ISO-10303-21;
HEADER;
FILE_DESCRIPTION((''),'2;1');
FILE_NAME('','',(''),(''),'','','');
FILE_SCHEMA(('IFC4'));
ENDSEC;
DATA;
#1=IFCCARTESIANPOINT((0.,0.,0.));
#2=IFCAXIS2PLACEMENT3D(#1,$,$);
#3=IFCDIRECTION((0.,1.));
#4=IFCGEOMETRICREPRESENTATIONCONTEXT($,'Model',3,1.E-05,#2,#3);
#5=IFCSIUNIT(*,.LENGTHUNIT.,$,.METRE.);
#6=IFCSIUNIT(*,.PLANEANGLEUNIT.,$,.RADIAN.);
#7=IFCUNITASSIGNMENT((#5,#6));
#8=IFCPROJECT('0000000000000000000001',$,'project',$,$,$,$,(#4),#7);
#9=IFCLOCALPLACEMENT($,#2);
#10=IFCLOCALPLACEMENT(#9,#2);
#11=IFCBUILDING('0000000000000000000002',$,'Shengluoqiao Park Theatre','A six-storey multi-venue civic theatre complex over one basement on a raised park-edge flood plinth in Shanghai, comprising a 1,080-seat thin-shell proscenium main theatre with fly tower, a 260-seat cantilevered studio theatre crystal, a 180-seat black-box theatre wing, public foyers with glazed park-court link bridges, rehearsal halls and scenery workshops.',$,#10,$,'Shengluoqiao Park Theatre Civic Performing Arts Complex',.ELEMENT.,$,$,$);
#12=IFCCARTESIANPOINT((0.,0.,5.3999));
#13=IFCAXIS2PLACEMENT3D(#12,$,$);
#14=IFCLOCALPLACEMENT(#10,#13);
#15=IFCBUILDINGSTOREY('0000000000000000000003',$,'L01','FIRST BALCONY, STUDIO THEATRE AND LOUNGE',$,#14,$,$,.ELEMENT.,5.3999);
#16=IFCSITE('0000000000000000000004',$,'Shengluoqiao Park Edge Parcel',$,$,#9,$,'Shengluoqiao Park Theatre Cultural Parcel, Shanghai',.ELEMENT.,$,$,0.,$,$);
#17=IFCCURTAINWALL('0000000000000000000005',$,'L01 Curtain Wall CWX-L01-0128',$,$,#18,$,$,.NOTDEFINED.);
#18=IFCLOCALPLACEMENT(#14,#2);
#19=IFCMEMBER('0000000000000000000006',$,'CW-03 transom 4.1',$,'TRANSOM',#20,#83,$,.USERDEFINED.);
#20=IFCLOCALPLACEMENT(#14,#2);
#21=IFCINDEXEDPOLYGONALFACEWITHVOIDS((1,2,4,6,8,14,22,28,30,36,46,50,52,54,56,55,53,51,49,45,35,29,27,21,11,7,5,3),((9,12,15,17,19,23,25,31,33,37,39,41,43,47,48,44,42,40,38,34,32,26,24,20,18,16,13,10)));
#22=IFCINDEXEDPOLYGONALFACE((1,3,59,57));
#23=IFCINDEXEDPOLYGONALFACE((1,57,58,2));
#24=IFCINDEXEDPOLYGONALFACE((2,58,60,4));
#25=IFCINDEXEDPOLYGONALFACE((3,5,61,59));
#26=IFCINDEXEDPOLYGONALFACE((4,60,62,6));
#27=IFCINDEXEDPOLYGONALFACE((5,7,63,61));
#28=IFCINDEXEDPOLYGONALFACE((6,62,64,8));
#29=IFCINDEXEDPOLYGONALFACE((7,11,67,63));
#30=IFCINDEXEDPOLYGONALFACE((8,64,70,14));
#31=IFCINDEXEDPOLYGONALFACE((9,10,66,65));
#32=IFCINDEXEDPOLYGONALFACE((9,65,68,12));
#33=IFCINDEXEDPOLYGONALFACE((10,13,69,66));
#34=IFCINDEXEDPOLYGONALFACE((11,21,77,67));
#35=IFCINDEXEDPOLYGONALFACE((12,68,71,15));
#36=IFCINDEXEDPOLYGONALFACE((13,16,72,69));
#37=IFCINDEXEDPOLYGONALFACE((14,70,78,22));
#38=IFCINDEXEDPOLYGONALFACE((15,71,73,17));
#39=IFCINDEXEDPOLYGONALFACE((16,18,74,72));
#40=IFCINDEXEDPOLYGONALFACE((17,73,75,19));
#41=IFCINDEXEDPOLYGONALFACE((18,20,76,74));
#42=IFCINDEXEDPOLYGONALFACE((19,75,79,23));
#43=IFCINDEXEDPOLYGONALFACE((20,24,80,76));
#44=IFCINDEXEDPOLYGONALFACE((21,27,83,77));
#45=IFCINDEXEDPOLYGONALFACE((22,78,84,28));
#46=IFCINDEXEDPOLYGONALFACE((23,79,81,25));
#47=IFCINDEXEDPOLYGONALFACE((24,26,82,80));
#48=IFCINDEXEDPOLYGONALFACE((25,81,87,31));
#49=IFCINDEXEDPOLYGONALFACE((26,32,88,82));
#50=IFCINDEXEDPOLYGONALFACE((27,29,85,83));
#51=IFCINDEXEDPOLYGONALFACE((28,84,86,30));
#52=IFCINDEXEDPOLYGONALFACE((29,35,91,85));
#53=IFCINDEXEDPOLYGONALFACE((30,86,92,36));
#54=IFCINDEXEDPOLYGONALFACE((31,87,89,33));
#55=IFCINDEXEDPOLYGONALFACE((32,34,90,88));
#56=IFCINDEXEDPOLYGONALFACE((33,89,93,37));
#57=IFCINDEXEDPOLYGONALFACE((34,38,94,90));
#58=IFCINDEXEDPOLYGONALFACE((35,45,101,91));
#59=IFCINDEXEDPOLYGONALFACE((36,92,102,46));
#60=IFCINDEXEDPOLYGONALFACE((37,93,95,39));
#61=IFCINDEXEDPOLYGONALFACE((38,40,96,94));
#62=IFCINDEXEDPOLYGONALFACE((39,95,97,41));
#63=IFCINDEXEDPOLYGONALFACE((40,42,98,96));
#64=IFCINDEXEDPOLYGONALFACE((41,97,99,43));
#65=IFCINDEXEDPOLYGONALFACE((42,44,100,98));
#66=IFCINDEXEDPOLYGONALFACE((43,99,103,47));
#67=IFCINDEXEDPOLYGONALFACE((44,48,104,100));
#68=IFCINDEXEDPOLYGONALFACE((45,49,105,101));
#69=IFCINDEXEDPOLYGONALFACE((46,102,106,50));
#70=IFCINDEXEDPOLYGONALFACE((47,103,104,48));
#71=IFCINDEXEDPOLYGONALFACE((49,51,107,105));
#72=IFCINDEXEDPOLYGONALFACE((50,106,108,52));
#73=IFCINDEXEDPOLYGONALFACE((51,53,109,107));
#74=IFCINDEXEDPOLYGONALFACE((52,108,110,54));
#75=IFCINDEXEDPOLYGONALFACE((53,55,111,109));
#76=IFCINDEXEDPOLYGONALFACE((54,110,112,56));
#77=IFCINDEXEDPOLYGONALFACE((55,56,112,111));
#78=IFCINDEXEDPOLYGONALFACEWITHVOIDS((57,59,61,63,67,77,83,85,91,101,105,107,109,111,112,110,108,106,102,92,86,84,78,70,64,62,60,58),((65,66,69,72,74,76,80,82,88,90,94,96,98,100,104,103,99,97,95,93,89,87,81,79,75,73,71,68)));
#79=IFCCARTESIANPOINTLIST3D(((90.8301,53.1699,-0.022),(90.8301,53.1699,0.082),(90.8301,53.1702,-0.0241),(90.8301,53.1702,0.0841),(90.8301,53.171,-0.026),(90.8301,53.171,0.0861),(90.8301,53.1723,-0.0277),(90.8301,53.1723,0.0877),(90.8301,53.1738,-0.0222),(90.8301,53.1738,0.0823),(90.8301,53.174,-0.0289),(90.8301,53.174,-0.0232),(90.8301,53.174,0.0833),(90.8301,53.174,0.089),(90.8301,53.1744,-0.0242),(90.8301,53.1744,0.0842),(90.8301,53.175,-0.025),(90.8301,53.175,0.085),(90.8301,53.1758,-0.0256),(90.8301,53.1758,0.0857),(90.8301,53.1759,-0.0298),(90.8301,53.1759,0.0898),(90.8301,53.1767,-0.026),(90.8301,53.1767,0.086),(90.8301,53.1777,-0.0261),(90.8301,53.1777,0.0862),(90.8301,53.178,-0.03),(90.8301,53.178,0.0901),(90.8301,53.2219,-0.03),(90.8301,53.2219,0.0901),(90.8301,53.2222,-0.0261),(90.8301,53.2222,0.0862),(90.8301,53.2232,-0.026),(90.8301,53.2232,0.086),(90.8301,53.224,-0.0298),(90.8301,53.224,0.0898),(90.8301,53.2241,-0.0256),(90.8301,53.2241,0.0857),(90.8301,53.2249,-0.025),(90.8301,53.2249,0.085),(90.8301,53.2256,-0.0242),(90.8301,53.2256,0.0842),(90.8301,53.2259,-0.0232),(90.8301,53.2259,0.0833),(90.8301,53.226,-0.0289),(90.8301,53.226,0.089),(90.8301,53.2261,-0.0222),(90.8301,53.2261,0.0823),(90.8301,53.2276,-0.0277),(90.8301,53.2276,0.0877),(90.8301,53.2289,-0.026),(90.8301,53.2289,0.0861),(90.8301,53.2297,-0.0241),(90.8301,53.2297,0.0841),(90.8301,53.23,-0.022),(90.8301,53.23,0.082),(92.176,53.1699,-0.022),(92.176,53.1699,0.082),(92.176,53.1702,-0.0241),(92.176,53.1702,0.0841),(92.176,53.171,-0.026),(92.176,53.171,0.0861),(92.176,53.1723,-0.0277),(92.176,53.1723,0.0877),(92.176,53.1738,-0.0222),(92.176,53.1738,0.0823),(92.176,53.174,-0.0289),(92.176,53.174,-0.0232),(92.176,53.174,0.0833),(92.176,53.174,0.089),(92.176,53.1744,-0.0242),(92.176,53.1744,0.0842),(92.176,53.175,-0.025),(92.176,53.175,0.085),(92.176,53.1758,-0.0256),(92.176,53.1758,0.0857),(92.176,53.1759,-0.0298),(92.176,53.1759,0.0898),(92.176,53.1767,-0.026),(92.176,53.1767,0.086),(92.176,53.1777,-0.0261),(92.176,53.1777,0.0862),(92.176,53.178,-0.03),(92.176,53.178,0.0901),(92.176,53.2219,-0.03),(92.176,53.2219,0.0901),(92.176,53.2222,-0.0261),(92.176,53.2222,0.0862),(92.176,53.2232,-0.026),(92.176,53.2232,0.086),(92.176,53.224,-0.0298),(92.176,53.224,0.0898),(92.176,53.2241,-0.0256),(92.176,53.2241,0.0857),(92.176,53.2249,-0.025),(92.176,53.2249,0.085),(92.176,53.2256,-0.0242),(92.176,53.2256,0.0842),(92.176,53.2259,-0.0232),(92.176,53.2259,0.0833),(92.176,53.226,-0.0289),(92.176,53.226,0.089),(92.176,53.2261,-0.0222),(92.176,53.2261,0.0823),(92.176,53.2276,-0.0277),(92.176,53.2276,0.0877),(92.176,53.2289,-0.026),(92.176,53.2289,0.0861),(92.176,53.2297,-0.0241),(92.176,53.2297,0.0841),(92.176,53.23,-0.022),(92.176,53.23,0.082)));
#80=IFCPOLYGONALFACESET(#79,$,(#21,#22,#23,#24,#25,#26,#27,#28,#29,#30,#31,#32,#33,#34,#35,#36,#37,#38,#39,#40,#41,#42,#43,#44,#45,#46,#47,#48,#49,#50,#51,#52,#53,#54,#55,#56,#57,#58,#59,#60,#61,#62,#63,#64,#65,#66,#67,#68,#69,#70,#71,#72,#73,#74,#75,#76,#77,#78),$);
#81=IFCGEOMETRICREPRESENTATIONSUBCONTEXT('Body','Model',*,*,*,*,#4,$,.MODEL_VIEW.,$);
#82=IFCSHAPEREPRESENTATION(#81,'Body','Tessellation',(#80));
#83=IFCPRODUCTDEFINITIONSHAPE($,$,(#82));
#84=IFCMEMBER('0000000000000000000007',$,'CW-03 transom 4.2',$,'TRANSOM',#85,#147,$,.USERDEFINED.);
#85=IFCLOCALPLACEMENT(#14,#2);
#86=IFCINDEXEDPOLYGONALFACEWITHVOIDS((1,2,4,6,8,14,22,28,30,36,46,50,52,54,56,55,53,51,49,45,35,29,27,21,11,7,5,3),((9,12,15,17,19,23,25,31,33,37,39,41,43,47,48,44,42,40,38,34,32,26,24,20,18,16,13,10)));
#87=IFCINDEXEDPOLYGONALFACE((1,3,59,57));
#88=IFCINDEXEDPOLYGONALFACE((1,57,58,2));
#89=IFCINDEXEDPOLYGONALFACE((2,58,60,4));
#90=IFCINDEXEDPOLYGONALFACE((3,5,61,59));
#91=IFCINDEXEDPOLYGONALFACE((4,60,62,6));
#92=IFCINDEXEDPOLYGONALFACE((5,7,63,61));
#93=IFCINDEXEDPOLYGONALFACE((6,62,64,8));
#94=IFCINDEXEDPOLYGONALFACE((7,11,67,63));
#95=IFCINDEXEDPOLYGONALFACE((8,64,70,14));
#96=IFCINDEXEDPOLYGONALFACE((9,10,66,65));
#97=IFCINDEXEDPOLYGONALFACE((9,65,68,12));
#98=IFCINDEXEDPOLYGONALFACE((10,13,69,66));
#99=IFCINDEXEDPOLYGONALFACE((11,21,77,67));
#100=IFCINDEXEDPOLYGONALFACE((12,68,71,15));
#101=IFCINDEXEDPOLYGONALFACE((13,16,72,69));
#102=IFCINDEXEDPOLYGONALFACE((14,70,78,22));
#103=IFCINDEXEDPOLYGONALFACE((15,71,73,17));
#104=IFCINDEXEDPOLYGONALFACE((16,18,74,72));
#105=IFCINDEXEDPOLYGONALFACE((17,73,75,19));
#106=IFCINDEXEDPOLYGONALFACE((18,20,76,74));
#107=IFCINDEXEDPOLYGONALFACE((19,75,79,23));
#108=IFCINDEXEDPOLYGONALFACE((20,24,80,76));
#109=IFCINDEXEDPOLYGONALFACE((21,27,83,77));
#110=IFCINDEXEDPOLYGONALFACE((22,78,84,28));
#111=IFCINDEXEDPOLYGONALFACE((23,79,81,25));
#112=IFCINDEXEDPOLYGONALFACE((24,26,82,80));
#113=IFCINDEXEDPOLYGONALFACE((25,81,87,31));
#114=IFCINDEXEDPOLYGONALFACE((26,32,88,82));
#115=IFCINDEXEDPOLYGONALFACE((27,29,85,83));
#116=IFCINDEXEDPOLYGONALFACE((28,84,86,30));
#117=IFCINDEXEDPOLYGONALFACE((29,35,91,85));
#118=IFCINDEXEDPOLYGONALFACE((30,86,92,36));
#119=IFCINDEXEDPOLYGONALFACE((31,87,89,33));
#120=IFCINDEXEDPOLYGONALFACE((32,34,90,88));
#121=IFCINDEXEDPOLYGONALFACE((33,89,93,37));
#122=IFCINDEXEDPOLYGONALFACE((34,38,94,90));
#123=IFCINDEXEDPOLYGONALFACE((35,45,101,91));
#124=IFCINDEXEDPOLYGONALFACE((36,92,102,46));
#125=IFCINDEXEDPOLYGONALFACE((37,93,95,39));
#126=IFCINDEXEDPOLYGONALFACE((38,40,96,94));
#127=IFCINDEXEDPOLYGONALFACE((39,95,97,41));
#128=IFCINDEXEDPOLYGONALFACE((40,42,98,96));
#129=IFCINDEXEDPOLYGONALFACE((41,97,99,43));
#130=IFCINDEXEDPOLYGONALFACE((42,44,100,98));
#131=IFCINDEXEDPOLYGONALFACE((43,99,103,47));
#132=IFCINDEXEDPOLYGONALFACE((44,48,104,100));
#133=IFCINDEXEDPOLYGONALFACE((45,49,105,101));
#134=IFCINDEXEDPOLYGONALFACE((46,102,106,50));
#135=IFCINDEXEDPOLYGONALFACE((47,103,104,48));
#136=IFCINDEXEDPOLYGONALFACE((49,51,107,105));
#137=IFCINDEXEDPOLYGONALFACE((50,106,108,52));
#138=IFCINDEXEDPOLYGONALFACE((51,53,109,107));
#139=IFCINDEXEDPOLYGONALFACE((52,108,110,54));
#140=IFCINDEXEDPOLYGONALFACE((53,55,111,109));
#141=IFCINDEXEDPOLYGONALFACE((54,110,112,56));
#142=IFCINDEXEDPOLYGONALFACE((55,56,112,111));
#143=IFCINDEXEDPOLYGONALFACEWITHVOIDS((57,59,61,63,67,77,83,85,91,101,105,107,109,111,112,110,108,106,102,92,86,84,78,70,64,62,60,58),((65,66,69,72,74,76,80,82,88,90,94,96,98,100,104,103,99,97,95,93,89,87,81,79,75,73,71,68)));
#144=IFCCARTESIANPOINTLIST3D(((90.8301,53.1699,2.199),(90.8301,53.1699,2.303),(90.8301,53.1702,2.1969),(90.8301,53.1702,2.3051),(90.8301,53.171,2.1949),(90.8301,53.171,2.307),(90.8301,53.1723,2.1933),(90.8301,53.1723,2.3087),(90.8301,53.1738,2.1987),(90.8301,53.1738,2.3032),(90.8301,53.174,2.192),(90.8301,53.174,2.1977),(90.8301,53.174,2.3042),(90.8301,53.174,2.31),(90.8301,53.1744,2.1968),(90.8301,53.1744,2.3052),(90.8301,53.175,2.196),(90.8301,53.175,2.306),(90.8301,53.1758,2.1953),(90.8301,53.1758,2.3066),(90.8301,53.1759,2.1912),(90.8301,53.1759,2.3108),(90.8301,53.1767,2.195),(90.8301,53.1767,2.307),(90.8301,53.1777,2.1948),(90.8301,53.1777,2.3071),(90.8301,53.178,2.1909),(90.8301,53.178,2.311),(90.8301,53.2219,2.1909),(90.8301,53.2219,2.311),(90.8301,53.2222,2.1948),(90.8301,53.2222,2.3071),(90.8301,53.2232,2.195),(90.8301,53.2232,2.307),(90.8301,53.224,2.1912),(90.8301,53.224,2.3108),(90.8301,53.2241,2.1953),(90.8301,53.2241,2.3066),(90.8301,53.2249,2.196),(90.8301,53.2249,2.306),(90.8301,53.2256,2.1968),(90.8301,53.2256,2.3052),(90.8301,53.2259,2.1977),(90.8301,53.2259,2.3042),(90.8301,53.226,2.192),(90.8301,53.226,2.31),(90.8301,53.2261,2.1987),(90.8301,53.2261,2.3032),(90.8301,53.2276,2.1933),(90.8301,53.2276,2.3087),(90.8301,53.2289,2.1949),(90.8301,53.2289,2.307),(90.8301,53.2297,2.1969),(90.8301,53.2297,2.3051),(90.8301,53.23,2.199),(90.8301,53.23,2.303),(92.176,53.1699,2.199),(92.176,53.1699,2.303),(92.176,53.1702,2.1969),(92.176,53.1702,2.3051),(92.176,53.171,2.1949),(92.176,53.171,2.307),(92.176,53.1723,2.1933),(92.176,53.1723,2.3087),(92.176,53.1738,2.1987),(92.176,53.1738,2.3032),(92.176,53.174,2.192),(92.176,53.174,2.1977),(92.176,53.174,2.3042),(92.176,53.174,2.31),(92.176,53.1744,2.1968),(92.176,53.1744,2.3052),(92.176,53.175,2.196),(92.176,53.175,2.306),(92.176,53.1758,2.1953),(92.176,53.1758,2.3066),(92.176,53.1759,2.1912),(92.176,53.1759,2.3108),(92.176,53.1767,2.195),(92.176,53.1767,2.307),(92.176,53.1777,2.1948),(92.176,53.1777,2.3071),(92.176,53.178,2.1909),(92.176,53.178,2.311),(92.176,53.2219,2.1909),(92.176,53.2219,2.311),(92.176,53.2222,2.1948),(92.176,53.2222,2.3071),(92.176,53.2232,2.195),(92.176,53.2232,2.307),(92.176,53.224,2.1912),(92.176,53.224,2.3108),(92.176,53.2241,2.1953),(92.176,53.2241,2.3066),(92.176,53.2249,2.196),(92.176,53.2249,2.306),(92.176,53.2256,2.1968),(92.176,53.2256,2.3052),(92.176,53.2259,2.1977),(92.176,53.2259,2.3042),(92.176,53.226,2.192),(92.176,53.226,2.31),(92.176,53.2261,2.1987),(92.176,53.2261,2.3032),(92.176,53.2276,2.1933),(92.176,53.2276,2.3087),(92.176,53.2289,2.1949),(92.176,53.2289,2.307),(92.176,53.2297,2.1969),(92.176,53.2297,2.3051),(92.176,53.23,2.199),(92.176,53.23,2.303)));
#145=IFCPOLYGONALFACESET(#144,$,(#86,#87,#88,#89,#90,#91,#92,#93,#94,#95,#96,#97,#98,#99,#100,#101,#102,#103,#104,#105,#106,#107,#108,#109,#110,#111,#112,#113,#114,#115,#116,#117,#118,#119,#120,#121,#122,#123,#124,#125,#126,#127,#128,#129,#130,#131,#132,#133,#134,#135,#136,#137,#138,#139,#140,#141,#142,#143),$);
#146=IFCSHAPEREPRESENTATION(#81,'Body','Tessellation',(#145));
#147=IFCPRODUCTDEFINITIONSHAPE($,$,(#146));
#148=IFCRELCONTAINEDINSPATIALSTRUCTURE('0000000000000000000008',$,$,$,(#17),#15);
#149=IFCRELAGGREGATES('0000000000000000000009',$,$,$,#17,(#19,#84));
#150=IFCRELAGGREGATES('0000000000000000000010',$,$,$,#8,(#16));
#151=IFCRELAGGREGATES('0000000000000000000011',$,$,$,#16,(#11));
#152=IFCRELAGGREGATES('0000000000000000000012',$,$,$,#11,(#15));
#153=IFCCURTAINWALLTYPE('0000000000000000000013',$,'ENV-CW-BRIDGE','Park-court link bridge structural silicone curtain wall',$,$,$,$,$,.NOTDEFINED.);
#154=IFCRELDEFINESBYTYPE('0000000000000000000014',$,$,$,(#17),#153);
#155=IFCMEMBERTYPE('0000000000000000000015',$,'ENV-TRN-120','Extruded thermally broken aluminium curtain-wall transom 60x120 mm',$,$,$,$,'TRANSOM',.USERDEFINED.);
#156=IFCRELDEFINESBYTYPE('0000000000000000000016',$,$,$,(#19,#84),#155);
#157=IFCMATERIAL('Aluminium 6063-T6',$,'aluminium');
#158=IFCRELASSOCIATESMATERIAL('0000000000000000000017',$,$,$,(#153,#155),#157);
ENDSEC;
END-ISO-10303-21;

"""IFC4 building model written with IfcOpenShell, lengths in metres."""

from ifc_helpers import new_model, si_unit, direction, frame, origin, origin_2d, place, context, subcontext, project, spatial, hollow_rectangle, extrude, material, material_profile, profile_set, type_object, element, aggregate, save


model = new_model("IFC4")

# Units and contexts
model_context = context("Model", 3, precision=1e-05, world=origin(), true_north=direction((0.0, 1.0)))
body_context = subcontext(model_context, "Body", "Model", "MODEL_VIEW")
ifc_project = project(units=[si_unit("LENGTHUNIT", "METRE"), si_unit("PLANEANGLEUNIT", "RADIAN")], contexts=[model_context])

# Site, building, storey
site_placement = place(None, origin())
site = spatial("IfcSite", under=ifc_project, at=site_placement, Name="Shengluoqiao Park Edge Parcel", LongName="Shengluoqiao Park Theatre Cultural Parcel, Shanghai", CompositionType="ELEMENT", RefElevation=0.0)
building_placement = place(site_placement, origin())
building = spatial("IfcBuilding", under=site, at=building_placement, Name="Shengluoqiao Park Theatre", Description="A six-storey multi-venue civic theatre complex over one basement on a raised park-edge flood plinth in Shanghai, comprising a 1,080-seat thin-shell proscenium main theatre with fly tower, a 260-seat cantilevered studio theatre crystal, a 180-seat black-box theatre wing, public foyers with glazed park-court link bridges, rehearsal halls and scenery workshops.", LongName="Shengluoqiao Park Theatre Civic Performing Arts Complex", CompositionType="ELEMENT")
storey_placement = place(building_placement, frame((0.0, 0.0, 5.3999)))
storey = spatial("IfcBuildingStorey", under=building, at=storey_placement, Name="L01", Description="FIRST BALCONY, STUDIO THEATRE AND LOUNGE", CompositionType="ELEMENT", Elevation=5.3999)

# Shared definitions
ifc_material_1 = material(Name="Aluminium 6063-T6", Category="aluminium")
curtain_wall_type = type_object("IfcCurtainWallType", Name="ENV-CW-BRIDGE", Description="Park-court link bridge structural silicone curtain wall", PredefinedType="NOTDEFINED", material=ifc_material_1)

# Curtain wall, members
curtain_wall_1_placement = place(storey_placement, origin())
curtain_wall_1 = element("IfcCurtainWall", 1, at=curtain_wall_1_placement, inside=storey, type_object=curtain_wall_type, Name="L01 Curtain Wall CWX-L01-0128", PredefinedType="NOTDEFINED")
ifc_material_profile_1 = material_profile(ifc_material_1, hollow_rectangle(XDim=0.0601, YDim=0.1201, WallThickness=0.0039, InnerFilletRadius=0.0039, OuterFilletRadius=0.0081, at=origin_2d()), Name="ALU TRANSOM 120x60x4")
ifc_profile_set_1 = profile_set([ifc_material_profile_1], Name="Aluminium 6063-T6")
member_type_1 = type_object("IfcMemberType", Name="ENV-TRN-120", Description="Extruded thermally broken aluminium curtain-wall transom 60x120 mm", ElementType="TRANSOM", PredefinedType="USERDEFINED", material=ifc_profile_set_1)
member_1_placement = place(storey_placement, frame((90.8301, 53.2, 0.03), z_axis=(1.0, 0.0, 0.0), x_axis=(0.0, 1.0, 0.0)))
member_1 = element("IfcMember", 2, at=member_1_placement, type_object=member_type_1, Name="CW-03 transom 4.1", ObjectType="TRANSOM", PredefinedType="USERDEFINED", context=body_context, shape_type="SweptSolid", body=[
    extrude(hollow_rectangle(XDim=0.0601, YDim=0.1201, WallThickness=0.0039, InnerFilletRadius=0.0039, OuterFilletRadius=0.0081, at=origin_2d()), origin(), (0.0, 0.0, 1.0), 1.3459),
])
member_2_placement = place(storey_placement, frame((90.8301, 53.2, 2.251), z_axis=(1.0, 0.0, 0.0), x_axis=(0.0, 1.0, 0.0)))
member_2 = element("IfcMember", 3, at=member_2_placement, type_object=member_type_1, Name="CW-03 transom 4.2", ObjectType="TRANSOM", PredefinedType="USERDEFINED", context=body_context, shape_type="SweptSolid", body=[
    extrude(hollow_rectangle(XDim=0.0601, YDim=0.1201, WallThickness=0.0039, InnerFilletRadius=0.0039, OuterFilletRadius=0.0081, at=origin_2d()), origin(), (0.0, 0.0, 1.0), 1.3459),
])

aggregate(curtain_wall_1, [member_1, member_2])

save(model, "model.ifc")
